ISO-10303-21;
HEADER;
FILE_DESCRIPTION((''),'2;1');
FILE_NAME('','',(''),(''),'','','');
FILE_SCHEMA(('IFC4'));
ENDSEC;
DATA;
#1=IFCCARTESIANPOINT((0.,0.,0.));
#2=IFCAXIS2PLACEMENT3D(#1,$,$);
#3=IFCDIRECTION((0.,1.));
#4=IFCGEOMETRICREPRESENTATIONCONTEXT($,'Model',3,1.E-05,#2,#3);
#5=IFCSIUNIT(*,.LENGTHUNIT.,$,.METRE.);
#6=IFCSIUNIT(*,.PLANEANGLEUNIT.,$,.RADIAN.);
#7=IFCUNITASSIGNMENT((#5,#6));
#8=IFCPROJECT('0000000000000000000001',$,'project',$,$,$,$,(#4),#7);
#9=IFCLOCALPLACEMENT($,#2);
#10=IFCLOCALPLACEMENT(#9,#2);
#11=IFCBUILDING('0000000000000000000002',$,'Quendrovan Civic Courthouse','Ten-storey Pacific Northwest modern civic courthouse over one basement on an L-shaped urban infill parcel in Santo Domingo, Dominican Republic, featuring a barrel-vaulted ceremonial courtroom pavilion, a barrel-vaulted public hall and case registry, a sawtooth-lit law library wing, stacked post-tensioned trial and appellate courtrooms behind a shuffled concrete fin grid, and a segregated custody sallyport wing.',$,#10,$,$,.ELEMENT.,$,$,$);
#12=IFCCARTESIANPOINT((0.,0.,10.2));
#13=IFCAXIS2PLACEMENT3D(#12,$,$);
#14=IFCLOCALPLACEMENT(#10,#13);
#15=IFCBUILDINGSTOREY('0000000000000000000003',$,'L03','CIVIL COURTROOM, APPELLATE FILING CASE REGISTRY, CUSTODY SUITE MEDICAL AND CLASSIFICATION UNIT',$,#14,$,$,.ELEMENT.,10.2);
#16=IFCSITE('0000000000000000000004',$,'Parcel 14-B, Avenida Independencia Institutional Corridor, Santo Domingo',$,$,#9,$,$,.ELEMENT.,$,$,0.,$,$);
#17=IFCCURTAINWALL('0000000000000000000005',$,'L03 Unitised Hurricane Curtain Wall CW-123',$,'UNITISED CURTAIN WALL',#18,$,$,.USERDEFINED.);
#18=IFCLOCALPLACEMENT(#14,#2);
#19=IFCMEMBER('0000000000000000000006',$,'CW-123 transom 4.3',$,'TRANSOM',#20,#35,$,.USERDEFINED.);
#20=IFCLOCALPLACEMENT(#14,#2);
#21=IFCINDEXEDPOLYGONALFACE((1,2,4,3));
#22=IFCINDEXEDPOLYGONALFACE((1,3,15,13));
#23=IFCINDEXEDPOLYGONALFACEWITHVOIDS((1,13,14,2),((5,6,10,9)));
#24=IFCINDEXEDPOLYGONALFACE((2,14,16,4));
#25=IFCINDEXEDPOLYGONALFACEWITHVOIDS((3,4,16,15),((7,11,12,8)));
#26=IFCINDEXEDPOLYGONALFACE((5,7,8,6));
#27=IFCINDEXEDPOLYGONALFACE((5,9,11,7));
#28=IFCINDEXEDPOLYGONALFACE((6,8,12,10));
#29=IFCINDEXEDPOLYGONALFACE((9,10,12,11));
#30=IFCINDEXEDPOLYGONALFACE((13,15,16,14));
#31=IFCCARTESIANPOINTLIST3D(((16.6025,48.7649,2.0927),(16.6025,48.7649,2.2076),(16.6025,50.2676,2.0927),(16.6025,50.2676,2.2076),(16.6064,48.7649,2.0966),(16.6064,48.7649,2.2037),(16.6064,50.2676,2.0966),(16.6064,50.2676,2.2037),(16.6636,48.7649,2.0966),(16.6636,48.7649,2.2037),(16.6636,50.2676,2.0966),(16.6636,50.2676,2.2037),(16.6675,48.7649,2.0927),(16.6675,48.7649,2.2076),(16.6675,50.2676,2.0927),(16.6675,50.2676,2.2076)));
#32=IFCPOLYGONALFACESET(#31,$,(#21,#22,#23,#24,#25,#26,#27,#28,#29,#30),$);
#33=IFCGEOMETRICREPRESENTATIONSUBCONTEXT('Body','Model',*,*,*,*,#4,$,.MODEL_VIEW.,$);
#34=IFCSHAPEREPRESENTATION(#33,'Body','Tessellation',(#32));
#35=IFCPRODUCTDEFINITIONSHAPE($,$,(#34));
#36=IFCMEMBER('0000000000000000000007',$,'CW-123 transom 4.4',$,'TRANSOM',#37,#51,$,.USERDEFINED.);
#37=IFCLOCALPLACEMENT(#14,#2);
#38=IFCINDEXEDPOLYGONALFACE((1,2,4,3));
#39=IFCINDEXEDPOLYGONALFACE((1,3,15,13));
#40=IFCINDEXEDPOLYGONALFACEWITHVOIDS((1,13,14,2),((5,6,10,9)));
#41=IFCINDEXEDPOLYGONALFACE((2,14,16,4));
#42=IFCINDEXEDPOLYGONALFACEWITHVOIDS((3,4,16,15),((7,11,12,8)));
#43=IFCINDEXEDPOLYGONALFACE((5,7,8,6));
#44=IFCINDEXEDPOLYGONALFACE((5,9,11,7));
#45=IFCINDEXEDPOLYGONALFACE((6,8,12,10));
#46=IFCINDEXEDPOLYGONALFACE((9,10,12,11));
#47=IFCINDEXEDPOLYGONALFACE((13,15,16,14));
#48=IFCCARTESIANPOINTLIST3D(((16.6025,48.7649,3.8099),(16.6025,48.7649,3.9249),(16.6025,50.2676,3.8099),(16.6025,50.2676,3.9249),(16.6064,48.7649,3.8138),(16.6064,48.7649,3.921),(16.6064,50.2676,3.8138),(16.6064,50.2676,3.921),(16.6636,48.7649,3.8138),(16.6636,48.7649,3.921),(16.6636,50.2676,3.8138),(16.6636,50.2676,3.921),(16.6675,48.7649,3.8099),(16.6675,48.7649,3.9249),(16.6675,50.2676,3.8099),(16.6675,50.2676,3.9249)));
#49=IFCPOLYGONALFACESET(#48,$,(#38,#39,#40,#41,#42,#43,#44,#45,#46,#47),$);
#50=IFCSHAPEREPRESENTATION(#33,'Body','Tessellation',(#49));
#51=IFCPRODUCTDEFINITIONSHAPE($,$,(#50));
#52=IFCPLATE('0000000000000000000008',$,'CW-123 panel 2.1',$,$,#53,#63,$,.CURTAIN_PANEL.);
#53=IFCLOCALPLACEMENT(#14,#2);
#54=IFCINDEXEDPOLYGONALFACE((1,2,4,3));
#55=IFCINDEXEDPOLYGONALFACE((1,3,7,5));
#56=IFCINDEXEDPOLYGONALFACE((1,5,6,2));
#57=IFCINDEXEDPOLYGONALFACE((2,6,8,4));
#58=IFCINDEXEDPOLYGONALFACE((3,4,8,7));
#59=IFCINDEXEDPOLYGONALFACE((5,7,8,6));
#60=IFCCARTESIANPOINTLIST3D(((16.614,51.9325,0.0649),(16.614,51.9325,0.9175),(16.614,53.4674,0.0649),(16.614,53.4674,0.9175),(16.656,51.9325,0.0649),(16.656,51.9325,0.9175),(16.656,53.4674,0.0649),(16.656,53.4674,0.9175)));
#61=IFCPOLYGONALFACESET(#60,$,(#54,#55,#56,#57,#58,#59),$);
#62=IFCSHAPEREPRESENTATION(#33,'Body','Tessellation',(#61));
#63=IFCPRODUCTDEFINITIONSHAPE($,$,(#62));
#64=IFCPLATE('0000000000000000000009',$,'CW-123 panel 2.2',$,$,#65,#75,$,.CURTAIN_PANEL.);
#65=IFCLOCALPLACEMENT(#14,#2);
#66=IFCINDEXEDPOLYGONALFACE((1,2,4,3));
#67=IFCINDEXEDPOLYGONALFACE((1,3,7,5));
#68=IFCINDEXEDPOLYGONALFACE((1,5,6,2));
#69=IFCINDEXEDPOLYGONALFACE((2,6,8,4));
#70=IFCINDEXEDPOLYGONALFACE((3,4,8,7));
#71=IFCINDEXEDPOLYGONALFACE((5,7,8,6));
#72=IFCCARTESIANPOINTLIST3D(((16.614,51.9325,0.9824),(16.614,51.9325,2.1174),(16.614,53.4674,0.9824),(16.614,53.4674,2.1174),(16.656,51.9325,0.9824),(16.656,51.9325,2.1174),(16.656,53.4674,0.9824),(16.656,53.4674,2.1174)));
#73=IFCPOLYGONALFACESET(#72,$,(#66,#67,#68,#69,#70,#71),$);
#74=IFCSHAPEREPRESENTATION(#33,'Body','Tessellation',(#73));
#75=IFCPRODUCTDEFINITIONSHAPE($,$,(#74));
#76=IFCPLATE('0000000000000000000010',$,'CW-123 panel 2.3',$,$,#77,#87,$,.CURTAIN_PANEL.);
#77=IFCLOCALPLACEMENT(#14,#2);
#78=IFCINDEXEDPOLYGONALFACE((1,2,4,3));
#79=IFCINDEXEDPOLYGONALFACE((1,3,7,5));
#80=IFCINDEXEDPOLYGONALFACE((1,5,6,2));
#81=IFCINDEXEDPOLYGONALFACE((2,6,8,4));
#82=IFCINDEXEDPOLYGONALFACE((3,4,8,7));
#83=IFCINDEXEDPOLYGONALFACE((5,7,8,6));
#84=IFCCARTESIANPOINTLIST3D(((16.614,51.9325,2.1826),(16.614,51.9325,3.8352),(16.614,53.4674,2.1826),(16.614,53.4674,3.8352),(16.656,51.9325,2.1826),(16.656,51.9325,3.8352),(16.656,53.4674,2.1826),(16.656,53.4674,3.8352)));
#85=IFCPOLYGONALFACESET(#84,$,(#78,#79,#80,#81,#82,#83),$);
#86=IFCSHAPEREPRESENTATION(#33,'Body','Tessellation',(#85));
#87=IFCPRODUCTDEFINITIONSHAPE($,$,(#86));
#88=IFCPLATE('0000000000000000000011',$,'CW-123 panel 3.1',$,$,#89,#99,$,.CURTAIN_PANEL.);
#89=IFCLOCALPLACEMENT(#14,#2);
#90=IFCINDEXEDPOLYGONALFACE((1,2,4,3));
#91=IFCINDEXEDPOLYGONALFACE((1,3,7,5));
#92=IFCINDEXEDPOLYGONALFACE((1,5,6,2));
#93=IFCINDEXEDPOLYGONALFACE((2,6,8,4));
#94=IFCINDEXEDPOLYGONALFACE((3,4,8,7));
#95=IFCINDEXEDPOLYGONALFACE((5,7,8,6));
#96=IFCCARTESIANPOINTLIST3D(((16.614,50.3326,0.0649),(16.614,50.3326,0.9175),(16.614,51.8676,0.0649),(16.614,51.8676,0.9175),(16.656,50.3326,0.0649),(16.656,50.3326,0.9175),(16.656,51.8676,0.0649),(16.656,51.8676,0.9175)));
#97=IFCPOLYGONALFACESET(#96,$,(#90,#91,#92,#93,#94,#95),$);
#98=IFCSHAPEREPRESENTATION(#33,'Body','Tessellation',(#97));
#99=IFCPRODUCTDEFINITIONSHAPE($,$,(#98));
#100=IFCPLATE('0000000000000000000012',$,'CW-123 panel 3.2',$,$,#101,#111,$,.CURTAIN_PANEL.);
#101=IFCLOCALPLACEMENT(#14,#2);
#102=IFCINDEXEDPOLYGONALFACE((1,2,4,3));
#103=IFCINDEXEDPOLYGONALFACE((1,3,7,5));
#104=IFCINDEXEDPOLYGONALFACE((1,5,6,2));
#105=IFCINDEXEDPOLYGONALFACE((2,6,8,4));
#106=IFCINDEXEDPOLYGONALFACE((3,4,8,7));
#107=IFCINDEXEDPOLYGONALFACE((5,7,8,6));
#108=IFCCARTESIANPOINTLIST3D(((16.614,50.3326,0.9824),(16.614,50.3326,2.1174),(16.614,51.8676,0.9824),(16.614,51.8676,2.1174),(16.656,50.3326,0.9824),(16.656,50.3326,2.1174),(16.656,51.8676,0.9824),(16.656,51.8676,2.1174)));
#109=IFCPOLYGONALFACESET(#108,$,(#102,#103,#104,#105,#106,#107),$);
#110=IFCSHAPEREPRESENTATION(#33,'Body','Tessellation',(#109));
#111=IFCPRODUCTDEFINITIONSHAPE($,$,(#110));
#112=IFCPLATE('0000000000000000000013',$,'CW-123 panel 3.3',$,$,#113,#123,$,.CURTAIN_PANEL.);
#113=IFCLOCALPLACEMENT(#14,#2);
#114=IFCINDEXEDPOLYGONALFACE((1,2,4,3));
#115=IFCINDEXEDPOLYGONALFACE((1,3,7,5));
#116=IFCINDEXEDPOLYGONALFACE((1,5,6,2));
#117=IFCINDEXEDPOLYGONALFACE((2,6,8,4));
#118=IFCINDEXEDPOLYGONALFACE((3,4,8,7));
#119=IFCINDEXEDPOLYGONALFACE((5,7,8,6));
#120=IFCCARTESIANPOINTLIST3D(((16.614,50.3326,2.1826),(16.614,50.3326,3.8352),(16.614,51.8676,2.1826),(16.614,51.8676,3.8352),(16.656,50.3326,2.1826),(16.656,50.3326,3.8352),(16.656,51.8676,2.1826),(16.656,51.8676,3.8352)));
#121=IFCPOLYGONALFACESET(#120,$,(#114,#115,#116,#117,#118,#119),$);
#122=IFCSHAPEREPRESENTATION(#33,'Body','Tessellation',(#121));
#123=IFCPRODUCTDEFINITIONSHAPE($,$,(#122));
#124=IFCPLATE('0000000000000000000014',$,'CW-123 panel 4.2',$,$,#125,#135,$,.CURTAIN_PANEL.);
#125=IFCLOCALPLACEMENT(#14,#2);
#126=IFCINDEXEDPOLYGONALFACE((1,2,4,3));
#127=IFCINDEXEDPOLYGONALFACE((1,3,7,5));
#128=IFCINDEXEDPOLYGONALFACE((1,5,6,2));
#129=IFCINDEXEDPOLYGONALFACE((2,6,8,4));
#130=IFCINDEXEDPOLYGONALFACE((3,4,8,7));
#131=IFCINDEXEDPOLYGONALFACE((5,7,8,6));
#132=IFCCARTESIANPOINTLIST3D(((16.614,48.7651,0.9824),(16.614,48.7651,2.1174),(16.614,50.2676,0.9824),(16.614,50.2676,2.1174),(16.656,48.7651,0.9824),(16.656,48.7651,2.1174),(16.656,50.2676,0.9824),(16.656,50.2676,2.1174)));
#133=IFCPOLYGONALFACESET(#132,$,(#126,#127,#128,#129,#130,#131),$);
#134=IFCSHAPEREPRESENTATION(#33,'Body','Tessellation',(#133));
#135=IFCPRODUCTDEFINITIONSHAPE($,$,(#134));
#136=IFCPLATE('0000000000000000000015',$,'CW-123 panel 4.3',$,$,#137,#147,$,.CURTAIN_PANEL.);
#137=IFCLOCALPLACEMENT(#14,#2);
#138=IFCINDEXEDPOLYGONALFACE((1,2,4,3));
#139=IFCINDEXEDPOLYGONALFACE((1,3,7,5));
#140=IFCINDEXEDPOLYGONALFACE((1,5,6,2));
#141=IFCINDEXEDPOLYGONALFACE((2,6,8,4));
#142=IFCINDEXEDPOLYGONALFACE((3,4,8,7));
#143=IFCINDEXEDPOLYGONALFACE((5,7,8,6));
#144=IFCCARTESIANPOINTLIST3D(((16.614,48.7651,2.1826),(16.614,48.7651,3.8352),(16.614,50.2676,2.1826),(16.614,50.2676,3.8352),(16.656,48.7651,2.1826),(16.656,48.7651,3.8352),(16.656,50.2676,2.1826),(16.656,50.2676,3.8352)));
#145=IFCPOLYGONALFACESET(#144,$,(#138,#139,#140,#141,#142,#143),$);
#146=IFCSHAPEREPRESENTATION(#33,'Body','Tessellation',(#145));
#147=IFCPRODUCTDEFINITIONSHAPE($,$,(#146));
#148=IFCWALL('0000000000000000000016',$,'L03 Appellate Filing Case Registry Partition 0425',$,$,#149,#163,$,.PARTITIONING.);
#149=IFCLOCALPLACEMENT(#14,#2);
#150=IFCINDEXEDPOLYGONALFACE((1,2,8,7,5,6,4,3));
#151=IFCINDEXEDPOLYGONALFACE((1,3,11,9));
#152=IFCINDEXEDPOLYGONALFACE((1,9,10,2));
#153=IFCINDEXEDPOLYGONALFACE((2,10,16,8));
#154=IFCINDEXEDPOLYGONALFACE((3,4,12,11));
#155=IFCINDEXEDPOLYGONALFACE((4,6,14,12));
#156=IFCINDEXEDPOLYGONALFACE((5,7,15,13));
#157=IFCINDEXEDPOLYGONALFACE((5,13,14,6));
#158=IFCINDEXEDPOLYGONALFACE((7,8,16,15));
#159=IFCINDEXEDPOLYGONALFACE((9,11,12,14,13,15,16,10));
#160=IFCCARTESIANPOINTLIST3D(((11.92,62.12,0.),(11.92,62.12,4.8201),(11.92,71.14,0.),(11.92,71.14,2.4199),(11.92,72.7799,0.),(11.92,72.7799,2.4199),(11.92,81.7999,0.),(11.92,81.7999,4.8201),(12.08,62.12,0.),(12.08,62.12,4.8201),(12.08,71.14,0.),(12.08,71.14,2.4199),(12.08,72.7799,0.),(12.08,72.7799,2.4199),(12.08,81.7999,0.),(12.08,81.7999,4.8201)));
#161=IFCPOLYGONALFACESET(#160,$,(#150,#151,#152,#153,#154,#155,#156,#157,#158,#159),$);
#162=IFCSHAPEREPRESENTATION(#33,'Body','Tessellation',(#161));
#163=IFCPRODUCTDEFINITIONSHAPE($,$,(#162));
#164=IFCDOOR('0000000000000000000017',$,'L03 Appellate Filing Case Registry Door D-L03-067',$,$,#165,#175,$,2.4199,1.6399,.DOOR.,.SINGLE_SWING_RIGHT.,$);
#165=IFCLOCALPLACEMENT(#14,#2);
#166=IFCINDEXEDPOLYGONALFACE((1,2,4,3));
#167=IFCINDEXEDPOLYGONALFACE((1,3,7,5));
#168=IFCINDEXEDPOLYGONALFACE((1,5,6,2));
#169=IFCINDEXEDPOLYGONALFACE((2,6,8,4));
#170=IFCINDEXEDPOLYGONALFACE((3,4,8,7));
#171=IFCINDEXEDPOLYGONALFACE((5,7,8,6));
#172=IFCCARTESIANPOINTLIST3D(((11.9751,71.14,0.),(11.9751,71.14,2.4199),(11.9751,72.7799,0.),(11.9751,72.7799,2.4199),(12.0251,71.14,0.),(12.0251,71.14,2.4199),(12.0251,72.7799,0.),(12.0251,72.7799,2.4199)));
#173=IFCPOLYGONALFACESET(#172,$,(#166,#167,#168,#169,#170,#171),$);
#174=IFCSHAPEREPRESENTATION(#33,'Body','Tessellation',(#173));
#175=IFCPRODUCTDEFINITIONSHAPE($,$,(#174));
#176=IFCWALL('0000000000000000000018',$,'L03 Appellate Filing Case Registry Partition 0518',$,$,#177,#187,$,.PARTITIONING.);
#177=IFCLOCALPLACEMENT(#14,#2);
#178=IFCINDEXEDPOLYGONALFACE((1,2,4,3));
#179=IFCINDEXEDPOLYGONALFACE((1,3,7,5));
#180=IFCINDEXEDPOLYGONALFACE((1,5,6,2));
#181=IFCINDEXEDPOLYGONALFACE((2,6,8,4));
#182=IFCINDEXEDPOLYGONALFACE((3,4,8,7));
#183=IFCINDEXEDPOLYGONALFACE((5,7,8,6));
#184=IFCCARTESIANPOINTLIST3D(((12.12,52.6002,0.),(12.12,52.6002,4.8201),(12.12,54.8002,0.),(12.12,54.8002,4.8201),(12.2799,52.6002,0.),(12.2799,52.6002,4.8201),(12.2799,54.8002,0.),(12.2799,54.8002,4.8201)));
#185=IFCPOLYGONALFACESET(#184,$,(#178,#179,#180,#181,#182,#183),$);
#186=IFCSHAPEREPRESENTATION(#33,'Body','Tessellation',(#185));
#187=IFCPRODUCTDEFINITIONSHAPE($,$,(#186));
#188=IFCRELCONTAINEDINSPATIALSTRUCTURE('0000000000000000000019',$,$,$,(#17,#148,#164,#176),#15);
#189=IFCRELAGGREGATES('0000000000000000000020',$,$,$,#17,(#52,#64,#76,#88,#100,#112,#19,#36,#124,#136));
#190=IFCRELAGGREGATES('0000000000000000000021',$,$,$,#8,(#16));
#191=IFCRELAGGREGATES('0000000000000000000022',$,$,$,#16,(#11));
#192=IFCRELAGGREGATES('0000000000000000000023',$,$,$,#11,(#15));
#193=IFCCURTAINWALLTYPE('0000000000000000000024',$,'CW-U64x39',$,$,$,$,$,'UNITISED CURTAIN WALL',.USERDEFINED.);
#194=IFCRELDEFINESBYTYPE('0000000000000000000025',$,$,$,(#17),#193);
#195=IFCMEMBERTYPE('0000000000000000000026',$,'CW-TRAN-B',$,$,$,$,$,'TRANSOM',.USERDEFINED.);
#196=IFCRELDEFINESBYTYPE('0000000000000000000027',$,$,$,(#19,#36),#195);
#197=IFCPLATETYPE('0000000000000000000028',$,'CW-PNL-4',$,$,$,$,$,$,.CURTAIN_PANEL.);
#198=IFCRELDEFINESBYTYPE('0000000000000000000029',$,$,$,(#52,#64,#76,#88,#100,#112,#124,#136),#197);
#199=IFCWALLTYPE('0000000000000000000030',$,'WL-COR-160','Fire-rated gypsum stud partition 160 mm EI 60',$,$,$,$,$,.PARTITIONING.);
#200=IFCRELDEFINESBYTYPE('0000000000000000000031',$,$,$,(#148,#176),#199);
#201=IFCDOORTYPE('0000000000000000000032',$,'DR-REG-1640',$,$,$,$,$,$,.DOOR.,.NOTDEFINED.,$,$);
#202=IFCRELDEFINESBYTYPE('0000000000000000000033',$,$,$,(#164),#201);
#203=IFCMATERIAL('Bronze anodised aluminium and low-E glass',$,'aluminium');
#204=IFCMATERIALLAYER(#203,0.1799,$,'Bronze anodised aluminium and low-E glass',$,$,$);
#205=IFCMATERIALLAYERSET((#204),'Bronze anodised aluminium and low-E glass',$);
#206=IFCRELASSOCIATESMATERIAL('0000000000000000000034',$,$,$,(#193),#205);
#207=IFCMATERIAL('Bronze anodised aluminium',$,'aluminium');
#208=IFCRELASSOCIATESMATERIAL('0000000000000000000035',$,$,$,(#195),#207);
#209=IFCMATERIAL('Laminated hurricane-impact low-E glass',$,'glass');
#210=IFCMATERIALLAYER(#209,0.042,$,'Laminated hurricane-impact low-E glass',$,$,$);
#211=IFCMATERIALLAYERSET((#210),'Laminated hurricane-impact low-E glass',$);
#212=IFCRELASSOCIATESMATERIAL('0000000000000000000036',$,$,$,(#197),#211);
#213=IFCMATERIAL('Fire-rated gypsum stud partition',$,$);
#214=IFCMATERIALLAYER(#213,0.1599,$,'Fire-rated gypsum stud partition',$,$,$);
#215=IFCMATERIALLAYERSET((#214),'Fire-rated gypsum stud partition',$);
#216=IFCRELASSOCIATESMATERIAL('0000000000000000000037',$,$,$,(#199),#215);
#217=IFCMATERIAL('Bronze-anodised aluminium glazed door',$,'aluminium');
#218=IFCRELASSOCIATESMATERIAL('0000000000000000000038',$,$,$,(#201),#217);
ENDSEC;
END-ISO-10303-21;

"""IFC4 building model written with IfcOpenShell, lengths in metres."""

from ifc_helpers import new_model, si_unit, direction, frame, frame_2d, origin, origin_2d, place, context, subcontext, project, spatial, rectangle, hollow_rectangle, extrude, material, layer, layer_set, material_profile, profile_set, type_object, element, fill, aggregate, save


model = new_model("IFC4")

# Units and contexts
model_context = context("Model", 3, precision=1e-05, world=origin(), true_north=direction((0.0, 1.0)))
body_context = subcontext(model_context, "Body", "Model", "MODEL_VIEW")
ifc_project = project(units=[si_unit("LENGTHUNIT", "METRE"), si_unit("PLANEANGLEUNIT", "RADIAN")], contexts=[model_context])

# Site, building, storey
site_placement = place(None, origin())
site = spatial("IfcSite", under=ifc_project, at=site_placement, Name="Parcel 14-B, Avenida Independencia Institutional Corridor, Santo Domingo", CompositionType="ELEMENT", RefElevation=0.0)
building_placement = place(site_placement, origin())
building = spatial("IfcBuilding", under=site, at=building_placement, Name="Quendrovan Civic Courthouse", Description="Ten-storey Pacific Northwest modern civic courthouse over one basement on an L-shaped urban infill parcel in Santo Domingo, Dominican Republic, featuring a barrel-vaulted ceremonial courtroom pavilion, a barrel-vaulted public hall and case registry, a sawtooth-lit law library wing, stacked post-tensioned trial and appellate courtrooms behind a shuffled concrete fin grid, and a segregated custody sallyport wing.", CompositionType="ELEMENT")
storey_placement = place(building_placement, frame((0.0, 0.0, 10.2)))
storey = spatial("IfcBuildingStorey", under=building, at=storey_placement, Name="L03", Description="CIVIL COURTROOM, APPELLATE FILING CASE REGISTRY, CUSTODY SUITE MEDICAL AND CLASSIFICATION UNIT", CompositionType="ELEMENT", Elevation=10.2)

# Curtain wall, members, plates
ifc_material_1 = material(Name="Bronze anodised aluminium and low-E glass", Category="aluminium")
ifc_layer_1 = layer(ifc_material_1, 0.1799, Name="Bronze anodised aluminium and low-E glass")
ifc_layer_set_1 = layer_set([ifc_layer_1], Name="Bronze anodised aluminium and low-E glass")
curtain_wall_type = type_object("IfcCurtainWallType", Name="CW-U64x39", ElementType="UNITISED CURTAIN WALL", PredefinedType="USERDEFINED", material=ifc_layer_set_1)
curtain_wall_placement = place(storey_placement, origin())
curtain_wall = element("IfcCurtainWall", 1, at=curtain_wall_placement, inside=storey, type_object=curtain_wall_type, Name="L03 Unitised Hurricane Curtain Wall CW-123", ObjectType="UNITISED CURTAIN WALL", PredefinedType="USERDEFINED")
ifc_material_2 = material(Name="Bronze anodised aluminium", Category="aluminium")
ifc_material_profile_1 = material_profile(ifc_material_2, hollow_rectangle(XDim=0.0649, YDim=0.115, WallThickness=0.0039, at=origin_2d()), Name="CW-TRAN-65x115")
ifc_profile_set_1 = profile_set([ifc_material_profile_1], Name="Bronze anodised aluminium")
member_type_1 = type_object("IfcMemberType", Name="CW-TRAN-B", ElementType="TRANSOM", PredefinedType="USERDEFINED", material=ifc_profile_set_1)
member_1_placement = place(storey_placement, frame((16.635, 50.2676, 2.1501), z_axis=(0.0, -1.0, 0.0), x_axis=(1.0, 0.0, 0.0)))
member_1 = element("IfcMember", 2, at=member_1_placement, type_object=member_type_1, Name="CW-123 transom 4.3", ObjectType="TRANSOM", PredefinedType="USERDEFINED", context=body_context, shape_type="SweptSolid", body=[
    extrude(hollow_rectangle(XDim=0.0649, YDim=0.115, WallThickness=0.0039, at=origin_2d()), origin(), (0.0, 0.0, 1.0), 1.5027),
])
member_2_placement = place(storey_placement, frame((16.635, 50.2676, 3.8674), z_axis=(0.0, -1.0, 0.0), x_axis=(1.0, 0.0, 0.0)))
member_2 = element("IfcMember", 3, at=member_2_placement, type_object=member_type_1, Name="CW-123 transom 4.4", ObjectType="TRANSOM", PredefinedType="USERDEFINED", context=body_context, shape_type="SweptSolid", body=[
    extrude(hollow_rectangle(XDim=0.0649, YDim=0.115, WallThickness=0.0039, at=origin_2d()), origin(), (0.0, 0.0, 1.0), 1.5027),
])
ifc_material_3 = material(Name="Laminated hurricane-impact low-E glass", Category="glass")
ifc_layer_2 = layer(ifc_material_3, 0.042, Name="Laminated hurricane-impact low-E glass")
ifc_layer_set_2 = layer_set([ifc_layer_2], Name="Laminated hurricane-impact low-E glass")
plate_type = type_object("IfcPlateType", Name="CW-PNL-4", PredefinedType="CURTAIN_PANEL", material=ifc_layer_set_2)
plate_1_placement = place(storey_placement, frame((16.635, 52.7, 0.0649), z_axis=(0.0, 0.0, 1.0), x_axis=(0.0, -1.0, 0.0)))
plate_1 = element("IfcPlate", 4, at=plate_1_placement, type_object=plate_type, Name="CW-123 panel 2.1", PredefinedType="CURTAIN_PANEL", context=body_context, shape_type="SweptSolid", body=[
    extrude(rectangle(XDim=1.5349, YDim=0.042, at=origin_2d()), origin(), (0.0, 0.0, 1.0), 0.8525),
])
plate_2_placement = place(storey_placement, frame((16.635, 52.7, 0.9824), z_axis=(0.0, 0.0, 1.0), x_axis=(0.0, -1.0, 0.0)))
plate_2 = element("IfcPlate", 5, at=plate_2_placement, type_object=plate_type, Name="CW-123 panel 2.2", PredefinedType="CURTAIN_PANEL", context=body_context, shape_type="SweptSolid", body=[
    extrude(rectangle(XDim=1.5349, YDim=0.042, at=origin_2d()), origin(), (0.0, 0.0, 1.0), 1.135),
])
plate_3_placement = place(storey_placement, frame((16.635, 52.7, 2.1826), z_axis=(0.0, 0.0, 1.0), x_axis=(0.0, -1.0, 0.0)))
plate_3 = element("IfcPlate", 6, at=plate_3_placement, type_object=plate_type, Name="CW-123 panel 2.3", PredefinedType="CURTAIN_PANEL", context=body_context, shape_type="SweptSolid", body=[
    extrude(rectangle(XDim=1.5349, YDim=0.042, at=origin_2d()), origin(), (0.0, 0.0, 1.0), 1.6526),
])
plate_4_placement = place(storey_placement, frame((16.635, 51.1001, 0.0649), z_axis=(0.0, 0.0, 1.0), x_axis=(0.0, -1.0, 0.0)))
plate_4 = element("IfcPlate", 7, at=plate_4_placement, type_object=plate_type, Name="CW-123 panel 3.1", PredefinedType="CURTAIN_PANEL", context=body_context, shape_type="SweptSolid", body=[
    extrude(rectangle(XDim=1.5349, YDim=0.042, at=origin_2d()), origin(), (0.0, 0.0, 1.0), 0.8525),
])
plate_5_placement = place(storey_placement, frame((16.635, 51.1001, 0.9824), z_axis=(0.0, 0.0, 1.0), x_axis=(0.0, -1.0, 0.0)))
plate_5 = element("IfcPlate", 8, at=plate_5_placement, type_object=plate_type, Name="CW-123 panel 3.2", PredefinedType="CURTAIN_PANEL", context=body_context, shape_type="SweptSolid", body=[
    extrude(rectangle(XDim=1.5349, YDim=0.042, at=origin_2d()), origin(), (0.0, 0.0, 1.0), 1.135),
])
plate_6_placement = place(storey_placement, frame((16.635, 51.1001, 2.1826), z_axis=(0.0, 0.0, 1.0), x_axis=(0.0, -1.0, 0.0)))
plate_6 = element("IfcPlate", 9, at=plate_6_placement, type_object=plate_type, Name="CW-123 panel 3.3", PredefinedType="CURTAIN_PANEL", context=body_context, shape_type="SweptSolid", body=[
    extrude(rectangle(XDim=1.5349, YDim=0.042, at=origin_2d()), origin(), (0.0, 0.0, 1.0), 1.6526),
])
plate_7_placement = place(storey_placement, frame((16.635, 49.5164, 0.9824), z_axis=(0.0, 0.0, 1.0), x_axis=(0.0, -1.0, 0.0)))
plate_7 = element("IfcPlate", 10, at=plate_7_placement, type_object=plate_type, Name="CW-123 panel 4.2", PredefinedType="CURTAIN_PANEL", context=body_context, shape_type="SweptSolid", body=[
    extrude(rectangle(XDim=1.5024, YDim=0.042, at=origin_2d()), origin(), (0.0, 0.0, 1.0), 1.135),
])
plate_8_placement = place(storey_placement, frame((16.635, 49.5164, 2.1826), z_axis=(0.0, 0.0, 1.0), x_axis=(0.0, -1.0, 0.0)))
plate_8 = element("IfcPlate", 11, at=plate_8_placement, type_object=plate_type, Name="CW-123 panel 4.3", PredefinedType="CURTAIN_PANEL", context=body_context, shape_type="SweptSolid", body=[
    extrude(rectangle(XDim=1.5024, YDim=0.042, at=origin_2d()), origin(), (0.0, 0.0, 1.0), 1.6526),
])
aggregate(curtain_wall, [plate_1, plate_2, plate_3, plate_4, plate_5, plate_6, member_1, member_2, plate_7, plate_8])

# Wall, opening, door
ifc_material_4 = material(Name="Fire-rated gypsum stud partition")
ifc_layer_3 = layer(ifc_material_4, 0.1599, Name="Fire-rated gypsum stud partition")
ifc_layer_set_3 = layer_set([ifc_layer_3], Name="Fire-rated gypsum stud partition")
wall_type_1 = type_object("IfcWallType", Name="WL-COR-160", Description="Fire-rated gypsum stud partition 160 mm EI 60", PredefinedType="PARTITIONING", material=ifc_layer_set_3)
wall_1_placement = place(storey_placement, frame((12.0, 62.1201, 0.0), z_axis=(0.0, 0.0, 1.0), x_axis=(0.0, 1.0, 0.0)))
wall_1 = element("IfcWall", 12, at=wall_1_placement, inside=storey, type_object=wall_type_1, Name="L03 Appellate Filing Case Registry Partition 0425", PredefinedType="PARTITIONING", context=body_context, shape_type="SweptSolid", body=[
    extrude(rectangle(XDim=19.6799, YDim=0.1599, at=frame_2d((9.8398, 0.0))), origin(), (0.0, 0.0, 1.0), 4.8201),
])
opening_placement = place(wall_1_placement, frame((9.02, 0.0, 0.0)))
opening = element("IfcOpeningElement", 13, at=opening_placement, cuts=wall_1, PredefinedType="OPENING", context=body_context, shape_type="SweptSolid", body=[
    extrude(rectangle(XDim=1.6399, YDim=2.4199, at=frame_2d((0.8198, 1.21))), frame((0.0, 0.0898, 0.0), z_axis=(0.0, -1.0, 0.0), x_axis=(1.0, 0.0, 0.0)), (0.0, 0.0, 1.0), 0.1799),
])
ifc_material_5 = material(Name="Bronze-anodised aluminium glazed door", Category="aluminium")
door_type = type_object("IfcDoorType", Name="DR-REG-1640", OperationType="NOTDEFINED", PredefinedType="DOOR", material=ifc_material_5)
door_placement = place(opening_placement, origin())
door = element("IfcDoor", 14, at=door_placement, inside=storey, type_object=door_type, Name="L03 Appellate Filing Case Registry Door D-L03-067", OperationType="SINGLE_SWING_RIGHT", OverallHeight=2.4199, OverallWidth=1.6399, PredefinedType="DOOR", context=body_context, shape_type="SweptSolid", body=[
    extrude(rectangle(XDim=1.6399, YDim=2.4199, at=frame_2d((0.8198, 1.21))), frame((0.0, 0.0249, 0.0), z_axis=(0.0, -1.0, 0.0), x_axis=(1.0, 0.0, 0.0)), (0.0, 0.0, 1.0), 0.05),
])
fill(opening, door)

# Wall
wall_2_placement = place(storey_placement, frame((12.2, 52.6001, 0.0), z_axis=(0.0, 0.0, 1.0), x_axis=(0.0, 1.0, 0.0)))
element("IfcWall", 15, at=wall_2_placement, inside=storey, type_object=wall_type_1, Name="L03 Appellate Filing Case Registry Partition 0518", PredefinedType="PARTITIONING", context=body_context, shape_type="SweptSolid", body=[
    extrude(rectangle(XDim=2.2, YDim=0.1599, at=frame_2d((1.1001, 0.0))), origin(), (0.0, 0.0, 1.0), 4.8201),
])

save(model, "model.ifc")
